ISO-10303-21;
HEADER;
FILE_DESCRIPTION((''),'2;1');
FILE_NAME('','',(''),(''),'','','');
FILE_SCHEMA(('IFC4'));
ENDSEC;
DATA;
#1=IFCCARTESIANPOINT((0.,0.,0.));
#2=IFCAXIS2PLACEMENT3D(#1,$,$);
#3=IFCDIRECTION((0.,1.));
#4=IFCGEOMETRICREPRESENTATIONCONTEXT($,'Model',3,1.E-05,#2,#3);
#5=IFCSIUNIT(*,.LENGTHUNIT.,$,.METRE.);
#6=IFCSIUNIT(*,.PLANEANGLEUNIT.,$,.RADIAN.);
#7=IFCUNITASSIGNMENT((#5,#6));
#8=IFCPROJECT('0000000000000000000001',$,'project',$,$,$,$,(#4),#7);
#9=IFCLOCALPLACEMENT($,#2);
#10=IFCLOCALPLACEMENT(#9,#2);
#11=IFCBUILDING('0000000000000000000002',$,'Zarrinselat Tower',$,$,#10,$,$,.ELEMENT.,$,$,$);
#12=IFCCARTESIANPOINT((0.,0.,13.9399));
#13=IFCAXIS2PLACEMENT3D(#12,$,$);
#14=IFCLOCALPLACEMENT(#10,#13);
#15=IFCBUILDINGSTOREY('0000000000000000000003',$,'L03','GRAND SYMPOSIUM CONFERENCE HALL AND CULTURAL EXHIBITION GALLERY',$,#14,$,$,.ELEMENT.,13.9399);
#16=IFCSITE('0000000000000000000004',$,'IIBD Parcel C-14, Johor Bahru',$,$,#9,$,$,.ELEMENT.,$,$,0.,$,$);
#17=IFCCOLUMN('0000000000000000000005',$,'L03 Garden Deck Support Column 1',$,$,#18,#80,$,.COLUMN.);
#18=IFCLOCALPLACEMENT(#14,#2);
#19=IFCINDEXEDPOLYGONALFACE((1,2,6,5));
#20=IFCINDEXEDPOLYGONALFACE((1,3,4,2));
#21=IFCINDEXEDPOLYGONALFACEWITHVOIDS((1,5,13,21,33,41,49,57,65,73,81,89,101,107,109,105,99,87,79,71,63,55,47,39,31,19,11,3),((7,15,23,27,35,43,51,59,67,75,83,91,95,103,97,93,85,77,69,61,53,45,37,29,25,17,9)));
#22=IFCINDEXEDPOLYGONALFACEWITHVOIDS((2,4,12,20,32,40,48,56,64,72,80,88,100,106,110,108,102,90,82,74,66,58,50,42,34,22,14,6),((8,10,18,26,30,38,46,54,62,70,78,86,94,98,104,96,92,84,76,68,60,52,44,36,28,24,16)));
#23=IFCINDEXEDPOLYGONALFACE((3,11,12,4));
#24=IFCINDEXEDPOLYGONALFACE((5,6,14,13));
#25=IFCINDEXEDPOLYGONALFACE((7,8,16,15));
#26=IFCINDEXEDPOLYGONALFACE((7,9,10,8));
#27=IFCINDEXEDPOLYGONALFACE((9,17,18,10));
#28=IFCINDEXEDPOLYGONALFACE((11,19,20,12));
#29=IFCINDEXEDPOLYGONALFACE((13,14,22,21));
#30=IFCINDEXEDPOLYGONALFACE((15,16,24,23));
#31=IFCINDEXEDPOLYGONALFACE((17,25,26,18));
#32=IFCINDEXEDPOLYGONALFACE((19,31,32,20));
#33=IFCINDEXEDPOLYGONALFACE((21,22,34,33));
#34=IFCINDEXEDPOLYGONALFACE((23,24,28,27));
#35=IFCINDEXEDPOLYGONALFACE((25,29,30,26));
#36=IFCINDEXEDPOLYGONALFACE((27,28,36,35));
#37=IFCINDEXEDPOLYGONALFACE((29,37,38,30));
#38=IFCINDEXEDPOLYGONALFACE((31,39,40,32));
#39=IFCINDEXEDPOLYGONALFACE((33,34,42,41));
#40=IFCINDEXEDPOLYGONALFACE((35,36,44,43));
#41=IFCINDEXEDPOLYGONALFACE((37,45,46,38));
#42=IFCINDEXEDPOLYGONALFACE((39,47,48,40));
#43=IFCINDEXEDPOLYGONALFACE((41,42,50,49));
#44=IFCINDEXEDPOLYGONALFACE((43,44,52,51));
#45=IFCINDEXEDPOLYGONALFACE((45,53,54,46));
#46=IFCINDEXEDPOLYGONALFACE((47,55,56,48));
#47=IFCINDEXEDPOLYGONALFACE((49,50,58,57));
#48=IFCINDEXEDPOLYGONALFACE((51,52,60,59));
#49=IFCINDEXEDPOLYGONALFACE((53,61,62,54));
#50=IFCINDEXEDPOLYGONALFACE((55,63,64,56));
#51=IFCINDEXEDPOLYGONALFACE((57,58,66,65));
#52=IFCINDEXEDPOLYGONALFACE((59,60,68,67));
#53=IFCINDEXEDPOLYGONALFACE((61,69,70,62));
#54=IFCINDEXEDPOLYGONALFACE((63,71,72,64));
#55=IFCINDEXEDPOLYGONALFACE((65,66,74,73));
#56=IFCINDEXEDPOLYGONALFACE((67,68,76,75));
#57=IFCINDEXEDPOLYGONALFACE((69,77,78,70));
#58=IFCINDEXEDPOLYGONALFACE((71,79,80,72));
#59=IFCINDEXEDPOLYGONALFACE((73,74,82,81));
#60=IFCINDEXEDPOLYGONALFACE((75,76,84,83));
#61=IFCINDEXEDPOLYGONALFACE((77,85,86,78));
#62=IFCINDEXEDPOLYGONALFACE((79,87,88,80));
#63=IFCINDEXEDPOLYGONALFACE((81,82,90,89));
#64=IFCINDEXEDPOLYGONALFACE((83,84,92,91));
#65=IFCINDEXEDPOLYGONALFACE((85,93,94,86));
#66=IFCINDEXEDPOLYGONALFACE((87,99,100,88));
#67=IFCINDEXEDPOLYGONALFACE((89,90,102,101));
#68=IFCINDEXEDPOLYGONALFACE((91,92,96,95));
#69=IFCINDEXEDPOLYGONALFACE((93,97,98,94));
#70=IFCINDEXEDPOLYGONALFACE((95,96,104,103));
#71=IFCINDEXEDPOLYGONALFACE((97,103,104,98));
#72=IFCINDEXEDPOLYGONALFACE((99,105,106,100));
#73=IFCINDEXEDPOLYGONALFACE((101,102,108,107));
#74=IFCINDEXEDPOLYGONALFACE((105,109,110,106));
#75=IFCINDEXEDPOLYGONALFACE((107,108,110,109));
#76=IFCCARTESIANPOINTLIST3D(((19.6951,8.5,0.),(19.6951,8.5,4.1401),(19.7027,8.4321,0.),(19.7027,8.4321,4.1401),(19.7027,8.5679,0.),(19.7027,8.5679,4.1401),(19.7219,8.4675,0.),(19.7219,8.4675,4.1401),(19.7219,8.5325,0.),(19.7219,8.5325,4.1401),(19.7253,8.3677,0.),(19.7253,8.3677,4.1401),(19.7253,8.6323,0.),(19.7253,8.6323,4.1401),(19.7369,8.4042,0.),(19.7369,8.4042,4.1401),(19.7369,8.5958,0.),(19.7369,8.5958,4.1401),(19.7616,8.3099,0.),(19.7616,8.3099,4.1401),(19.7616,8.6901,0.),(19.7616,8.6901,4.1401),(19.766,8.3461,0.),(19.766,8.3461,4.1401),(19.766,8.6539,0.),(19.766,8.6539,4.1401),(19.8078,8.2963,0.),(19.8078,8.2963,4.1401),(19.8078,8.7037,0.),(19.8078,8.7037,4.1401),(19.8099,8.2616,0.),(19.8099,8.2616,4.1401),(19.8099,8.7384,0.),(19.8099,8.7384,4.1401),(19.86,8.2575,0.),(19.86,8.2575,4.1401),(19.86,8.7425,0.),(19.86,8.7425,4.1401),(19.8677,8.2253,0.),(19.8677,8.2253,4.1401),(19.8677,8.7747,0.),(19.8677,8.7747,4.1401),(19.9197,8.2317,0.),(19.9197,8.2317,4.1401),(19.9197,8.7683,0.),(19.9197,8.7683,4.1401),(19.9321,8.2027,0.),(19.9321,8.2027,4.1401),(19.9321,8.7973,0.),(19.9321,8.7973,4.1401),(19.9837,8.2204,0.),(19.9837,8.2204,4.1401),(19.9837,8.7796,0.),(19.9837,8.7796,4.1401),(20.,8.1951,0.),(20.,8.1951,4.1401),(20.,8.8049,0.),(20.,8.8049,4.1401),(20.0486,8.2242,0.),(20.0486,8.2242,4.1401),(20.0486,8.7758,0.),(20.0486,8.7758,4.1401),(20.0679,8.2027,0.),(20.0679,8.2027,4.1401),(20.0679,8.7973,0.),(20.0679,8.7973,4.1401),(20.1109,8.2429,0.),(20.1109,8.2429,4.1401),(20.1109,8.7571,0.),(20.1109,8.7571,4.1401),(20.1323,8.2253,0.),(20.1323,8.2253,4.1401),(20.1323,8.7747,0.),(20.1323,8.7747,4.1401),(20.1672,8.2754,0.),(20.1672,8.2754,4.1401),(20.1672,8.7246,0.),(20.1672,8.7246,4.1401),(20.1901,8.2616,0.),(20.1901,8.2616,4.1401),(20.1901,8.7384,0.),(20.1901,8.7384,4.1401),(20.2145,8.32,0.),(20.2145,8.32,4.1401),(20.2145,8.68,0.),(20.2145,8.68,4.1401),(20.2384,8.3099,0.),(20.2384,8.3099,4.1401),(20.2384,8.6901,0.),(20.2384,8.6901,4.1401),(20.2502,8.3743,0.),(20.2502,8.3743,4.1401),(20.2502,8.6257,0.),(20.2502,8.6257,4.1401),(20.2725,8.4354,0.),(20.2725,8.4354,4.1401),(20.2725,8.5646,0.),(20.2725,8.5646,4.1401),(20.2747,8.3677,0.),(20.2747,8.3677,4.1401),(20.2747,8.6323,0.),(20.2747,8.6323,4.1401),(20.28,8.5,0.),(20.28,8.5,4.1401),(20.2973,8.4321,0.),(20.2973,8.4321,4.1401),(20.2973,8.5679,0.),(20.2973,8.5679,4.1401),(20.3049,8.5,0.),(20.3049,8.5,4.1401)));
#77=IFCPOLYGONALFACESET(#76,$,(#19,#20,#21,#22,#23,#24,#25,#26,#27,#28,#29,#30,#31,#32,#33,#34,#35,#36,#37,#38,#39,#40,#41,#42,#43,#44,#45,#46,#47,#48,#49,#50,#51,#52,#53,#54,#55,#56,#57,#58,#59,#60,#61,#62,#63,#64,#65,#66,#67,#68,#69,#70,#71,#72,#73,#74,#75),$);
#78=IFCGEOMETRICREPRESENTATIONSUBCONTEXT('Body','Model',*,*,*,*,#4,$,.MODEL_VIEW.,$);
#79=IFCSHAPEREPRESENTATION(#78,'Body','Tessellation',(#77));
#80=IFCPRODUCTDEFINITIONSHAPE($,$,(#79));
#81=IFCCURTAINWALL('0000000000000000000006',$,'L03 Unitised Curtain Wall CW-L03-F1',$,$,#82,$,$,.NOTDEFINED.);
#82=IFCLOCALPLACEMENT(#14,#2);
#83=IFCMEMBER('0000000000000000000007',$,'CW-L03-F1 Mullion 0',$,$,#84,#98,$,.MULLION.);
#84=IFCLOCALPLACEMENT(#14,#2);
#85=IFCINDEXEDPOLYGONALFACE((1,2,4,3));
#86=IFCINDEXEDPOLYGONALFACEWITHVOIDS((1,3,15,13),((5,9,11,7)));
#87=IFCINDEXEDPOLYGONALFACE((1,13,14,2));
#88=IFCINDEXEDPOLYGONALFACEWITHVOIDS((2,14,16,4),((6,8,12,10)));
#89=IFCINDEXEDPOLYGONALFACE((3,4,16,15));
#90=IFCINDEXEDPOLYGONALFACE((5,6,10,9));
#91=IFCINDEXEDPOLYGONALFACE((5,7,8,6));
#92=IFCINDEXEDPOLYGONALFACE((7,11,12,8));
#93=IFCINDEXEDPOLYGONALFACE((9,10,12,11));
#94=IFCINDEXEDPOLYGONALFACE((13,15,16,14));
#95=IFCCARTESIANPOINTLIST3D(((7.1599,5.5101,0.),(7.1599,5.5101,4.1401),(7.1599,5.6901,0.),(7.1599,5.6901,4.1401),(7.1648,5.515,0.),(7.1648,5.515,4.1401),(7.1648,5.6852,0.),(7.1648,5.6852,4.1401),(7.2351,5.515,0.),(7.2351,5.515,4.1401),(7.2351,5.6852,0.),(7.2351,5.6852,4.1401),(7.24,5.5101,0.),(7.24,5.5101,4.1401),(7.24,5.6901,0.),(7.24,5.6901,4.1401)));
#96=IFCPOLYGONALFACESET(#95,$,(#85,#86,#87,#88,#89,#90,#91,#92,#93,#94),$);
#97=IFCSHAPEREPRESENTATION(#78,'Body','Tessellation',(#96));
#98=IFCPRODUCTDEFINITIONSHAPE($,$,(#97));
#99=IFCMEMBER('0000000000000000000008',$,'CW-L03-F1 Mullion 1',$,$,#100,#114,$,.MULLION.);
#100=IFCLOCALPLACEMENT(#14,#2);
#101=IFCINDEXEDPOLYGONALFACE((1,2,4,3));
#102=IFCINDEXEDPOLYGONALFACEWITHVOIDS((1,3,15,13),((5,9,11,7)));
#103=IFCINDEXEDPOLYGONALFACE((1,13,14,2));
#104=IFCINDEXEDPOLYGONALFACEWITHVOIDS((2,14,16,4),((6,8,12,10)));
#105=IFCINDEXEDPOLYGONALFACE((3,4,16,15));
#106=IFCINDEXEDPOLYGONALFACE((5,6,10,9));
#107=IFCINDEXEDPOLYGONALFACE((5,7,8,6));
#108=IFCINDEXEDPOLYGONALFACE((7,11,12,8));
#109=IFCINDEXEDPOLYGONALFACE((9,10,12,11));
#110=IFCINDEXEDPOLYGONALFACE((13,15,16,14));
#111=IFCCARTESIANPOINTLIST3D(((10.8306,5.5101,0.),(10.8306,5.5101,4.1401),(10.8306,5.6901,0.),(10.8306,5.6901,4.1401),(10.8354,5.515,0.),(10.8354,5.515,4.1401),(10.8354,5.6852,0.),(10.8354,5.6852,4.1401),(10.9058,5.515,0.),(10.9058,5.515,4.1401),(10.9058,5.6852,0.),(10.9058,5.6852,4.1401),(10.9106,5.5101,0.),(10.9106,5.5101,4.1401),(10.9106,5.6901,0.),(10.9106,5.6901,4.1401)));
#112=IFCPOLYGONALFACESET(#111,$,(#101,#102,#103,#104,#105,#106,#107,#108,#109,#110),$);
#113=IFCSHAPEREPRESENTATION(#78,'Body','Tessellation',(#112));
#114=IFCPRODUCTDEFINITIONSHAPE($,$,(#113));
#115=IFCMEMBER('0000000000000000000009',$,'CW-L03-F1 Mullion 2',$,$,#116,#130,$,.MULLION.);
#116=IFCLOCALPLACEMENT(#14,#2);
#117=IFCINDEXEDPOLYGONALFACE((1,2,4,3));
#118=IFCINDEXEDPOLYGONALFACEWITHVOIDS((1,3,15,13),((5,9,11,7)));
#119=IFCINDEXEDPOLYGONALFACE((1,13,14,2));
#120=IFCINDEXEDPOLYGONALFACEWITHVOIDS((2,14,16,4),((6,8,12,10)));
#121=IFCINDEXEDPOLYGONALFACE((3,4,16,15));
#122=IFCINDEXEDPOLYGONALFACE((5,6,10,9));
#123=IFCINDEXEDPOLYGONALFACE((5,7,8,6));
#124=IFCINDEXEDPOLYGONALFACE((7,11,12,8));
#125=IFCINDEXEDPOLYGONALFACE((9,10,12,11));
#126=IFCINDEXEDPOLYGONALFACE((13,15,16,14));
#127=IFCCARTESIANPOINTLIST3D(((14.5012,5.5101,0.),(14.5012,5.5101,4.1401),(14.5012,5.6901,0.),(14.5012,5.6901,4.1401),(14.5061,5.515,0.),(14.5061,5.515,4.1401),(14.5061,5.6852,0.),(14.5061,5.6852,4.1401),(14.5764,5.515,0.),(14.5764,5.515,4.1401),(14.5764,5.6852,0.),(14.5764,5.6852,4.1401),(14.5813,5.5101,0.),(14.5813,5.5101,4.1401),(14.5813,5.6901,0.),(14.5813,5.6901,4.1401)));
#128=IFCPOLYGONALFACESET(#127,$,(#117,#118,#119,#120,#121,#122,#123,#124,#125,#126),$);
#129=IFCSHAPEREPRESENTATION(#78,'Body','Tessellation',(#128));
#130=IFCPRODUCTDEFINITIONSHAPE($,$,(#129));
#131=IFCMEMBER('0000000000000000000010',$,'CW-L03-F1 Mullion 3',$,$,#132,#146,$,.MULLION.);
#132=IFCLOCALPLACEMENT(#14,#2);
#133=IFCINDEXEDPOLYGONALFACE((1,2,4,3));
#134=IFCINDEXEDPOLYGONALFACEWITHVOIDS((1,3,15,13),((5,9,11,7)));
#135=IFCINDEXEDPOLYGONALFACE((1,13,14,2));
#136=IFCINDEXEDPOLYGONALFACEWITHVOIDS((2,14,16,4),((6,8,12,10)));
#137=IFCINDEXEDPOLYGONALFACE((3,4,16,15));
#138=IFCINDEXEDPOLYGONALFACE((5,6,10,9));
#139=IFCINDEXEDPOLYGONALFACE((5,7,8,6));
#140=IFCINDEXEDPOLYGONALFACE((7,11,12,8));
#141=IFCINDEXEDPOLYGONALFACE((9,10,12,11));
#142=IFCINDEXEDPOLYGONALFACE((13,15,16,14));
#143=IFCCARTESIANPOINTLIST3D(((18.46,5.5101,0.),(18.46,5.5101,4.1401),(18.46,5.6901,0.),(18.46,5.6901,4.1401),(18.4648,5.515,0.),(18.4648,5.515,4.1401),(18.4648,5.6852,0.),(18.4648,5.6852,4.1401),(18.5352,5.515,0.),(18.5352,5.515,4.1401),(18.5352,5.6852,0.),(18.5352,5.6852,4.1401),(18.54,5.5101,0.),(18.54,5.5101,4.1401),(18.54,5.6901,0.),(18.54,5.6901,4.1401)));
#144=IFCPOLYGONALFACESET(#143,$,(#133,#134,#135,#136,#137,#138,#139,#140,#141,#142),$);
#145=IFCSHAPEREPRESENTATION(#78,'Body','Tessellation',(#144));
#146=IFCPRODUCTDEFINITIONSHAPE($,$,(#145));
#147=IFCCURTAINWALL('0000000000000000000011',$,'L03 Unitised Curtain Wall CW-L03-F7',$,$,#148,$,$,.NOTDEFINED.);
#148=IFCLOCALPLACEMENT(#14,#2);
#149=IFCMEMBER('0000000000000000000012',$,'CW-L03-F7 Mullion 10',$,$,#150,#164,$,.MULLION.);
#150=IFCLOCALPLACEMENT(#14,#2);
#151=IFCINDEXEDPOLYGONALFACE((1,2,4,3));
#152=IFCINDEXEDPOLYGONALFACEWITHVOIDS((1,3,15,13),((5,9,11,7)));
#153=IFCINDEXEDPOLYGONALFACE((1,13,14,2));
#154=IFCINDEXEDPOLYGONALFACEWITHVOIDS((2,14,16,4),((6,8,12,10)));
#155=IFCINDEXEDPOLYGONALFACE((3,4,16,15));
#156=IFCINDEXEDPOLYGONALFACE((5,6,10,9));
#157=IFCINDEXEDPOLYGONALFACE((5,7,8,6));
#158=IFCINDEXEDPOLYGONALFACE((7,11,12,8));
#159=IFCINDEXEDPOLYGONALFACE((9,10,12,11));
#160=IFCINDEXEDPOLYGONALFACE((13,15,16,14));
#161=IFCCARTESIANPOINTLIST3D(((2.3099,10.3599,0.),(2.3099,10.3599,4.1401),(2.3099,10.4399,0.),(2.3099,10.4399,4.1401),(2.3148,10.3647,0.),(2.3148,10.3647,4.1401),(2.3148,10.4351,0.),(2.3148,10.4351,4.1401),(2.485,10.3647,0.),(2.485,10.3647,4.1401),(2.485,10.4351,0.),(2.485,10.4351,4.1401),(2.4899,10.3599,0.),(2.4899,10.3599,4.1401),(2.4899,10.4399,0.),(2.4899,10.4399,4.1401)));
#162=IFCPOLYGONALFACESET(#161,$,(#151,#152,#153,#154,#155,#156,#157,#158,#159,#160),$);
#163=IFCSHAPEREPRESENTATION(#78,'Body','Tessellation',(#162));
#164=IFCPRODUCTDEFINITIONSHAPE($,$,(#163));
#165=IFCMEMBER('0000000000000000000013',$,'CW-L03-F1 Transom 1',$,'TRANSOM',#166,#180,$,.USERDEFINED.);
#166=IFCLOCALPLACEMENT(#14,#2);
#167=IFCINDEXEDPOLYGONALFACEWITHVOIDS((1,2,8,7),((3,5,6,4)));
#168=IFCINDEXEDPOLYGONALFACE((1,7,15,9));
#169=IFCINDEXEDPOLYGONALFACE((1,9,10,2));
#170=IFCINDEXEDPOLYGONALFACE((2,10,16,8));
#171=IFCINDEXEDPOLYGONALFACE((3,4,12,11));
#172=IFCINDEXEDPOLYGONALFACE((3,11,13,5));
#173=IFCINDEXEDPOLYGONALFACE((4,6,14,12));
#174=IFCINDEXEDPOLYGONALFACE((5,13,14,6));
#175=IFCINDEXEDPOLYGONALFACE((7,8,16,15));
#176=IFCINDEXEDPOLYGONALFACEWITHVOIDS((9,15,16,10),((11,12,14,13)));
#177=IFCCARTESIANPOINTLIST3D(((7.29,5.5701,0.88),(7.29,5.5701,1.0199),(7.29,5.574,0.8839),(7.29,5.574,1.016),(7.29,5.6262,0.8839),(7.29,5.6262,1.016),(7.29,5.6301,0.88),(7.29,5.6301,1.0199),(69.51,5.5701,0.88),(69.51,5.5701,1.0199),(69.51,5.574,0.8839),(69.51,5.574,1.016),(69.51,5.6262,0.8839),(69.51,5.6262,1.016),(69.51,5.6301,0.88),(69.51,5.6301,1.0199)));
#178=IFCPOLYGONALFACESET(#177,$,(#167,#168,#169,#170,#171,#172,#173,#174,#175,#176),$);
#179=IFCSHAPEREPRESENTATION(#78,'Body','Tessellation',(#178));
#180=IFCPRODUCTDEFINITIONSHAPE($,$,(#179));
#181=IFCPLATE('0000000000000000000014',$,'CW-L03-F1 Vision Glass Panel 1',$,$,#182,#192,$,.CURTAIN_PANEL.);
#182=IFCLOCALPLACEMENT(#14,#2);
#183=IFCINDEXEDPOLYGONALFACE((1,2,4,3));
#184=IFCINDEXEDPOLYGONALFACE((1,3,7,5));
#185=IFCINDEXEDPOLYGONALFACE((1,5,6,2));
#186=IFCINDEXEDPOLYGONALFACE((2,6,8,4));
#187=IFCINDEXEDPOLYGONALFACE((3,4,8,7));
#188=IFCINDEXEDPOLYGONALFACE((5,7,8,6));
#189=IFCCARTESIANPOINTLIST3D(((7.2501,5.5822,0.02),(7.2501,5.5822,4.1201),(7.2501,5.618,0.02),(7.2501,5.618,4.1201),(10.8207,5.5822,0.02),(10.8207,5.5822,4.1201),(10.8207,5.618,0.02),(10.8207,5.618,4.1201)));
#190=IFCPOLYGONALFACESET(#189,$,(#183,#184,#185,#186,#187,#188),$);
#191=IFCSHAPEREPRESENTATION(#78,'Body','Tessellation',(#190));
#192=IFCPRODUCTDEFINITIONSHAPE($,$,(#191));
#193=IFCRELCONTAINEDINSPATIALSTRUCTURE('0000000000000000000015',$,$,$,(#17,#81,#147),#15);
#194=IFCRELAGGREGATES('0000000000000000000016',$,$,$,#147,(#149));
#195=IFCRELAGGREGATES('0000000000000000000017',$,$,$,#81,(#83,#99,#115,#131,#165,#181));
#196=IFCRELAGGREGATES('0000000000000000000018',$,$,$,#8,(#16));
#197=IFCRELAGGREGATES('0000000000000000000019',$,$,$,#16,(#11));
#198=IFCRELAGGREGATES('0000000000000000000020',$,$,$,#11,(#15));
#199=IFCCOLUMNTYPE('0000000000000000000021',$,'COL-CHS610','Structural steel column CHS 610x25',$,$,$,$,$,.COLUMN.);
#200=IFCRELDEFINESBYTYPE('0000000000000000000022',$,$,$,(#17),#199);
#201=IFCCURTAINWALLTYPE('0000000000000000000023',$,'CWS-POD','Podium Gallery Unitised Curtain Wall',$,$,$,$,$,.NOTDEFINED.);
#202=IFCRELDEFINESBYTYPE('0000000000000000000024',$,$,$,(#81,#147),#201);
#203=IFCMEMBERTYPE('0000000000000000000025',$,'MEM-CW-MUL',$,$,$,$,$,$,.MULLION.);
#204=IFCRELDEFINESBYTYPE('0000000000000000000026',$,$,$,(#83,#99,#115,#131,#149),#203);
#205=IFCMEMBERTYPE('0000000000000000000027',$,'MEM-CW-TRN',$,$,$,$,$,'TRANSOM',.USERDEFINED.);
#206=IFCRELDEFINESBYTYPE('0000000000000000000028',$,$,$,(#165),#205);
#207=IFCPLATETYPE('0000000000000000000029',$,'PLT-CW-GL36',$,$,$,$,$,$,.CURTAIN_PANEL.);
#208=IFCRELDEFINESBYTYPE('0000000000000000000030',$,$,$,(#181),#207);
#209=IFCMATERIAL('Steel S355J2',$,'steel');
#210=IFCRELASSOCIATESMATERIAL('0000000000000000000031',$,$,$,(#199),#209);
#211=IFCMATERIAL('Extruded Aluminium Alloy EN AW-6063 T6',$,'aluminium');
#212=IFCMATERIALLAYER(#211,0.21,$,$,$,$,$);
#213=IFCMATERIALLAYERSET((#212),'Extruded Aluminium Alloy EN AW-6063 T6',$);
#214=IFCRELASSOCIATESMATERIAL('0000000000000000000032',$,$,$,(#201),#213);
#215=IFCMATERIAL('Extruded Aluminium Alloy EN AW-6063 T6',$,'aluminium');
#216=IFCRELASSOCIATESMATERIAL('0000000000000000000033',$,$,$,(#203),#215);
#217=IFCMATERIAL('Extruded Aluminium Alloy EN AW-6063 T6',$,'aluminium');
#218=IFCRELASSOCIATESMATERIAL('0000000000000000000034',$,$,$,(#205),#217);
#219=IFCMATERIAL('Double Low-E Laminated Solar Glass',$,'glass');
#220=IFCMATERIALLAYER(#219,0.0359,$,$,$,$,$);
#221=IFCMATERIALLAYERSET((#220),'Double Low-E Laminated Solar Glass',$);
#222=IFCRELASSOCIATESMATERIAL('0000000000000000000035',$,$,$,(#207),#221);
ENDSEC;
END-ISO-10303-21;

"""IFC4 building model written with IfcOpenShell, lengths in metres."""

from ifc_helpers import new_model, si_unit, direction, frame, origin, origin_2d, place, context, subcontext, project, spatial, rectangle, hollow_rectangle, hollow_circle, extrude, material, layer, layer_set, material_profile, profile_set, type_object, element, aggregate, save


model = new_model("IFC4")

# Units and contexts
model_context = context("Model", 3, precision=1e-05, world=origin(), true_north=direction((0.0, 1.0)))
body_context = subcontext(model_context, "Body", "Model", "MODEL_VIEW")
ifc_project = project(units=[si_unit("LENGTHUNIT", "METRE"), si_unit("PLANEANGLEUNIT", "RADIAN")], contexts=[model_context])

# Site, building, storey
site_placement = place(None, origin())
site = spatial("IfcSite", under=ifc_project, at=site_placement, Name="IIBD Parcel C-14, Johor Bahru", CompositionType="ELEMENT", RefElevation=0.0)
building_placement = place(site_placement, origin())
building = spatial("IfcBuilding", under=site, at=building_placement, Name="Zarrinselat Tower", CompositionType="ELEMENT")
storey_placement = place(building_placement, frame((0.0, 0.0, 13.9399)))
storey = spatial("IfcBuildingStorey", under=building, at=storey_placement, Name="L03", Description="GRAND SYMPOSIUM CONFERENCE HALL AND CULTURAL EXHIBITION GALLERY", CompositionType="ELEMENT", Elevation=13.9399)

# Column
ifc_material_1 = material(Name="Steel S355J2", Category="steel")
ifc_material_profile_1 = material_profile(ifc_material_1, hollow_circle(Radius=0.3049, WallThickness=0.0249, at=origin_2d()), Name="CHS 610x25")
ifc_profile_set_1 = profile_set([ifc_material_profile_1], Name="Steel S355J2")
column_type = type_object("IfcColumnType", Name="COL-CHS610", Description="Structural steel column CHS 610x25", PredefinedType="COLUMN", material=ifc_profile_set_1)
column_placement = place(storey_placement, frame((20.0, 8.5, 0.0), z_axis=(0.0, 0.0, 1.0), x_axis=(1.0, 0.0, 0.0)))
element("IfcColumn", 1, at=column_placement, inside=storey, type_object=column_type, Name="L03 Garden Deck Support Column 1", PredefinedType="COLUMN", context=body_context, shape_type="SweptSolid", body=[
    extrude(hollow_circle(Radius=0.3049, WallThickness=0.0249, at=origin_2d()), origin(), (0.0, 0.0, 1.0), 4.1401),
])

# Curtain wall, members
ifc_material_2 = material(Name="Extruded Aluminium Alloy EN AW-6063 T6", Category="aluminium")
ifc_layer_1 = layer(ifc_material_2, 0.21)
ifc_layer_set_1 = layer_set([ifc_layer_1], Name="Extruded Aluminium Alloy EN AW-6063 T6")
curtain_wall_type = type_object("IfcCurtainWallType", Name="CWS-POD", Description="Podium Gallery Unitised Curtain Wall", PredefinedType="NOTDEFINED", material=ifc_layer_set_1)
curtain_wall_1_placement = place(storey_placement, origin())
curtain_wall_1 = element("IfcCurtainWall", 2, at=curtain_wall_1_placement, inside=storey, type_object=curtain_wall_type, Name="L03 Unitised Curtain Wall CW-L03-F1", PredefinedType="NOTDEFINED")
ifc_material_3 = material(Name="Extruded Aluminium Alloy EN AW-6063 T6", Category="aluminium")
ifc_material_profile_2 = material_profile(ifc_material_3, hollow_rectangle(XDim=0.0801, YDim=0.1799, WallThickness=0.0049, at=origin_2d()), Name="RHS 180x80x5")
ifc_profile_set_2 = profile_set([ifc_material_profile_2], Name="Extruded Aluminium Alloy EN AW-6063 T6")
member_type_1 = type_object("IfcMemberType", Name="MEM-CW-MUL", PredefinedType="MULLION", material=ifc_profile_set_2)
member_1_placement = place(storey_placement, frame((7.2, 5.6001, 0.0), z_axis=(0.0, 0.0, 1.0), x_axis=(1.0, 0.0, 0.0)))
member_1 = element("IfcMember", 3, at=member_1_placement, type_object=member_type_1, Name="CW-L03-F1 Mullion 0", PredefinedType="MULLION", context=body_context, shape_type="SweptSolid", body=[
    extrude(hollow_rectangle(XDim=0.0801, YDim=0.1799, WallThickness=0.0049, at=origin_2d()), origin(), (0.0, 0.0, 1.0), 4.1401),
])
member_2_placement = place(storey_placement, frame((10.8706, 5.6001, 0.0), z_axis=(0.0, 0.0, 1.0), x_axis=(1.0, 0.0, 0.0)))
member_2 = element("IfcMember", 4, at=member_2_placement, type_object=member_type_1, Name="CW-L03-F1 Mullion 1", PredefinedType="MULLION", context=body_context, shape_type="SweptSolid", body=[
    extrude(hollow_rectangle(XDim=0.0801, YDim=0.1799, WallThickness=0.0049, at=origin_2d()), origin(), (0.0, 0.0, 1.0), 4.1401),
])
member_3_placement = place(storey_placement, frame((14.5413, 5.6001, 0.0), z_axis=(0.0, 0.0, 1.0), x_axis=(1.0, 0.0, 0.0)))
member_3 = element("IfcMember", 5, at=member_3_placement, type_object=member_type_1, Name="CW-L03-F1 Mullion 2", PredefinedType="MULLION", context=body_context, shape_type="SweptSolid", body=[
    extrude(hollow_rectangle(XDim=0.0801, YDim=0.1799, WallThickness=0.0049, at=origin_2d()), origin(), (0.0, 0.0, 1.0), 4.1401),
])
member_4_placement = place(storey_placement, frame((18.5, 5.6001, 0.0), z_axis=(0.0, 0.0, 1.0), x_axis=(1.0, 0.0, 0.0)))
member_4 = element("IfcMember", 6, at=member_4_placement, type_object=member_type_1, Name="CW-L03-F1 Mullion 3", PredefinedType="MULLION", context=body_context, shape_type="SweptSolid", body=[
    extrude(hollow_rectangle(XDim=0.0801, YDim=0.1799, WallThickness=0.0049, at=origin_2d()), origin(), (0.0, 0.0, 1.0), 4.1401),
])

# Curtain wall, member
curtain_wall_2_placement = place(storey_placement, origin())
curtain_wall_2 = element("IfcCurtainWall", 7, at=curtain_wall_2_placement, inside=storey, type_object=curtain_wall_type, Name="L03 Unitised Curtain Wall CW-L03-F7", PredefinedType="NOTDEFINED")
member_5_placement = place(storey_placement, frame((2.3999, 10.3999, 0.0), z_axis=(0.0, 0.0, 1.0), x_axis=(0.0, -1.0, 0.0)))
member_5 = element("IfcMember", 8, at=member_5_placement, type_object=member_type_1, Name="CW-L03-F7 Mullion 10", PredefinedType="MULLION", context=body_context, shape_type="SweptSolid", body=[
    extrude(hollow_rectangle(XDim=0.0801, YDim=0.1799, WallThickness=0.0049, at=origin_2d()), origin(), (0.0, 0.0, 1.0), 4.1401),
])
aggregate(curtain_wall_2, [member_5])

# Member
ifc_material_4 = material(Name="Extruded Aluminium Alloy EN AW-6063 T6", Category="aluminium")
ifc_material_profile_3 = material_profile(ifc_material_4, hollow_rectangle(XDim=0.0601, YDim=0.1399, WallThickness=0.0039, at=origin_2d()), Name="RHS 140x60x4")
ifc_profile_set_3 = profile_set([ifc_material_profile_3], Name="Extruded Aluminium Alloy EN AW-6063 T6")
member_type_2 = type_object("IfcMemberType", Name="MEM-CW-TRN", ElementType="TRANSOM", PredefinedType="USERDEFINED", material=ifc_profile_set_3)
member_6_placement = place(storey_placement, frame((7.29, 5.6001, 0.95), z_axis=(1.0, 0.0, 0.0), x_axis=(0.0, 1.0, 0.0)))
member_6 = element("IfcMember", 9, at=member_6_placement, type_object=member_type_2, Name="CW-L03-F1 Transom 1", ObjectType="TRANSOM", PredefinedType="USERDEFINED", context=body_context, shape_type="SweptSolid", body=[
    extrude(hollow_rectangle(XDim=0.0601, YDim=0.1399, WallThickness=0.0039, at=origin_2d()), origin(), (0.0, 0.0, 1.0), 62.22),
])

# Plate
ifc_material_5 = material(Name="Double Low-E Laminated Solar Glass", Category="glass")
ifc_layer_2 = layer(ifc_material_5, 0.0359)
ifc_layer_set_2 = layer_set([ifc_layer_2], Name="Double Low-E Laminated Solar Glass")
plate_type = type_object("IfcPlateType", Name="PLT-CW-GL36", PredefinedType="CURTAIN_PANEL", material=ifc_layer_set_2)
plate_1_placement = place(storey_placement, frame((9.0354, 5.6001, 0.02), z_axis=(0.0, 0.0, 1.0), x_axis=(1.0, 0.0, 0.0)))
plate_1 = element("IfcPlate", 10, at=plate_1_placement, type_object=plate_type, Name="CW-L03-F1 Vision Glass Panel 1", PredefinedType="CURTAIN_PANEL", context=body_context, shape_type="SweptSolid", body=[
    extrude(rectangle(XDim=3.5706, YDim=0.0359, at=origin_2d()), origin(), (0.0, 0.0, 1.0), 4.1001),
])
aggregate(curtain_wall_1, [member_1, member_2, member_3, member_4, member_6, plate_1])

save(model, "model.ifc")
